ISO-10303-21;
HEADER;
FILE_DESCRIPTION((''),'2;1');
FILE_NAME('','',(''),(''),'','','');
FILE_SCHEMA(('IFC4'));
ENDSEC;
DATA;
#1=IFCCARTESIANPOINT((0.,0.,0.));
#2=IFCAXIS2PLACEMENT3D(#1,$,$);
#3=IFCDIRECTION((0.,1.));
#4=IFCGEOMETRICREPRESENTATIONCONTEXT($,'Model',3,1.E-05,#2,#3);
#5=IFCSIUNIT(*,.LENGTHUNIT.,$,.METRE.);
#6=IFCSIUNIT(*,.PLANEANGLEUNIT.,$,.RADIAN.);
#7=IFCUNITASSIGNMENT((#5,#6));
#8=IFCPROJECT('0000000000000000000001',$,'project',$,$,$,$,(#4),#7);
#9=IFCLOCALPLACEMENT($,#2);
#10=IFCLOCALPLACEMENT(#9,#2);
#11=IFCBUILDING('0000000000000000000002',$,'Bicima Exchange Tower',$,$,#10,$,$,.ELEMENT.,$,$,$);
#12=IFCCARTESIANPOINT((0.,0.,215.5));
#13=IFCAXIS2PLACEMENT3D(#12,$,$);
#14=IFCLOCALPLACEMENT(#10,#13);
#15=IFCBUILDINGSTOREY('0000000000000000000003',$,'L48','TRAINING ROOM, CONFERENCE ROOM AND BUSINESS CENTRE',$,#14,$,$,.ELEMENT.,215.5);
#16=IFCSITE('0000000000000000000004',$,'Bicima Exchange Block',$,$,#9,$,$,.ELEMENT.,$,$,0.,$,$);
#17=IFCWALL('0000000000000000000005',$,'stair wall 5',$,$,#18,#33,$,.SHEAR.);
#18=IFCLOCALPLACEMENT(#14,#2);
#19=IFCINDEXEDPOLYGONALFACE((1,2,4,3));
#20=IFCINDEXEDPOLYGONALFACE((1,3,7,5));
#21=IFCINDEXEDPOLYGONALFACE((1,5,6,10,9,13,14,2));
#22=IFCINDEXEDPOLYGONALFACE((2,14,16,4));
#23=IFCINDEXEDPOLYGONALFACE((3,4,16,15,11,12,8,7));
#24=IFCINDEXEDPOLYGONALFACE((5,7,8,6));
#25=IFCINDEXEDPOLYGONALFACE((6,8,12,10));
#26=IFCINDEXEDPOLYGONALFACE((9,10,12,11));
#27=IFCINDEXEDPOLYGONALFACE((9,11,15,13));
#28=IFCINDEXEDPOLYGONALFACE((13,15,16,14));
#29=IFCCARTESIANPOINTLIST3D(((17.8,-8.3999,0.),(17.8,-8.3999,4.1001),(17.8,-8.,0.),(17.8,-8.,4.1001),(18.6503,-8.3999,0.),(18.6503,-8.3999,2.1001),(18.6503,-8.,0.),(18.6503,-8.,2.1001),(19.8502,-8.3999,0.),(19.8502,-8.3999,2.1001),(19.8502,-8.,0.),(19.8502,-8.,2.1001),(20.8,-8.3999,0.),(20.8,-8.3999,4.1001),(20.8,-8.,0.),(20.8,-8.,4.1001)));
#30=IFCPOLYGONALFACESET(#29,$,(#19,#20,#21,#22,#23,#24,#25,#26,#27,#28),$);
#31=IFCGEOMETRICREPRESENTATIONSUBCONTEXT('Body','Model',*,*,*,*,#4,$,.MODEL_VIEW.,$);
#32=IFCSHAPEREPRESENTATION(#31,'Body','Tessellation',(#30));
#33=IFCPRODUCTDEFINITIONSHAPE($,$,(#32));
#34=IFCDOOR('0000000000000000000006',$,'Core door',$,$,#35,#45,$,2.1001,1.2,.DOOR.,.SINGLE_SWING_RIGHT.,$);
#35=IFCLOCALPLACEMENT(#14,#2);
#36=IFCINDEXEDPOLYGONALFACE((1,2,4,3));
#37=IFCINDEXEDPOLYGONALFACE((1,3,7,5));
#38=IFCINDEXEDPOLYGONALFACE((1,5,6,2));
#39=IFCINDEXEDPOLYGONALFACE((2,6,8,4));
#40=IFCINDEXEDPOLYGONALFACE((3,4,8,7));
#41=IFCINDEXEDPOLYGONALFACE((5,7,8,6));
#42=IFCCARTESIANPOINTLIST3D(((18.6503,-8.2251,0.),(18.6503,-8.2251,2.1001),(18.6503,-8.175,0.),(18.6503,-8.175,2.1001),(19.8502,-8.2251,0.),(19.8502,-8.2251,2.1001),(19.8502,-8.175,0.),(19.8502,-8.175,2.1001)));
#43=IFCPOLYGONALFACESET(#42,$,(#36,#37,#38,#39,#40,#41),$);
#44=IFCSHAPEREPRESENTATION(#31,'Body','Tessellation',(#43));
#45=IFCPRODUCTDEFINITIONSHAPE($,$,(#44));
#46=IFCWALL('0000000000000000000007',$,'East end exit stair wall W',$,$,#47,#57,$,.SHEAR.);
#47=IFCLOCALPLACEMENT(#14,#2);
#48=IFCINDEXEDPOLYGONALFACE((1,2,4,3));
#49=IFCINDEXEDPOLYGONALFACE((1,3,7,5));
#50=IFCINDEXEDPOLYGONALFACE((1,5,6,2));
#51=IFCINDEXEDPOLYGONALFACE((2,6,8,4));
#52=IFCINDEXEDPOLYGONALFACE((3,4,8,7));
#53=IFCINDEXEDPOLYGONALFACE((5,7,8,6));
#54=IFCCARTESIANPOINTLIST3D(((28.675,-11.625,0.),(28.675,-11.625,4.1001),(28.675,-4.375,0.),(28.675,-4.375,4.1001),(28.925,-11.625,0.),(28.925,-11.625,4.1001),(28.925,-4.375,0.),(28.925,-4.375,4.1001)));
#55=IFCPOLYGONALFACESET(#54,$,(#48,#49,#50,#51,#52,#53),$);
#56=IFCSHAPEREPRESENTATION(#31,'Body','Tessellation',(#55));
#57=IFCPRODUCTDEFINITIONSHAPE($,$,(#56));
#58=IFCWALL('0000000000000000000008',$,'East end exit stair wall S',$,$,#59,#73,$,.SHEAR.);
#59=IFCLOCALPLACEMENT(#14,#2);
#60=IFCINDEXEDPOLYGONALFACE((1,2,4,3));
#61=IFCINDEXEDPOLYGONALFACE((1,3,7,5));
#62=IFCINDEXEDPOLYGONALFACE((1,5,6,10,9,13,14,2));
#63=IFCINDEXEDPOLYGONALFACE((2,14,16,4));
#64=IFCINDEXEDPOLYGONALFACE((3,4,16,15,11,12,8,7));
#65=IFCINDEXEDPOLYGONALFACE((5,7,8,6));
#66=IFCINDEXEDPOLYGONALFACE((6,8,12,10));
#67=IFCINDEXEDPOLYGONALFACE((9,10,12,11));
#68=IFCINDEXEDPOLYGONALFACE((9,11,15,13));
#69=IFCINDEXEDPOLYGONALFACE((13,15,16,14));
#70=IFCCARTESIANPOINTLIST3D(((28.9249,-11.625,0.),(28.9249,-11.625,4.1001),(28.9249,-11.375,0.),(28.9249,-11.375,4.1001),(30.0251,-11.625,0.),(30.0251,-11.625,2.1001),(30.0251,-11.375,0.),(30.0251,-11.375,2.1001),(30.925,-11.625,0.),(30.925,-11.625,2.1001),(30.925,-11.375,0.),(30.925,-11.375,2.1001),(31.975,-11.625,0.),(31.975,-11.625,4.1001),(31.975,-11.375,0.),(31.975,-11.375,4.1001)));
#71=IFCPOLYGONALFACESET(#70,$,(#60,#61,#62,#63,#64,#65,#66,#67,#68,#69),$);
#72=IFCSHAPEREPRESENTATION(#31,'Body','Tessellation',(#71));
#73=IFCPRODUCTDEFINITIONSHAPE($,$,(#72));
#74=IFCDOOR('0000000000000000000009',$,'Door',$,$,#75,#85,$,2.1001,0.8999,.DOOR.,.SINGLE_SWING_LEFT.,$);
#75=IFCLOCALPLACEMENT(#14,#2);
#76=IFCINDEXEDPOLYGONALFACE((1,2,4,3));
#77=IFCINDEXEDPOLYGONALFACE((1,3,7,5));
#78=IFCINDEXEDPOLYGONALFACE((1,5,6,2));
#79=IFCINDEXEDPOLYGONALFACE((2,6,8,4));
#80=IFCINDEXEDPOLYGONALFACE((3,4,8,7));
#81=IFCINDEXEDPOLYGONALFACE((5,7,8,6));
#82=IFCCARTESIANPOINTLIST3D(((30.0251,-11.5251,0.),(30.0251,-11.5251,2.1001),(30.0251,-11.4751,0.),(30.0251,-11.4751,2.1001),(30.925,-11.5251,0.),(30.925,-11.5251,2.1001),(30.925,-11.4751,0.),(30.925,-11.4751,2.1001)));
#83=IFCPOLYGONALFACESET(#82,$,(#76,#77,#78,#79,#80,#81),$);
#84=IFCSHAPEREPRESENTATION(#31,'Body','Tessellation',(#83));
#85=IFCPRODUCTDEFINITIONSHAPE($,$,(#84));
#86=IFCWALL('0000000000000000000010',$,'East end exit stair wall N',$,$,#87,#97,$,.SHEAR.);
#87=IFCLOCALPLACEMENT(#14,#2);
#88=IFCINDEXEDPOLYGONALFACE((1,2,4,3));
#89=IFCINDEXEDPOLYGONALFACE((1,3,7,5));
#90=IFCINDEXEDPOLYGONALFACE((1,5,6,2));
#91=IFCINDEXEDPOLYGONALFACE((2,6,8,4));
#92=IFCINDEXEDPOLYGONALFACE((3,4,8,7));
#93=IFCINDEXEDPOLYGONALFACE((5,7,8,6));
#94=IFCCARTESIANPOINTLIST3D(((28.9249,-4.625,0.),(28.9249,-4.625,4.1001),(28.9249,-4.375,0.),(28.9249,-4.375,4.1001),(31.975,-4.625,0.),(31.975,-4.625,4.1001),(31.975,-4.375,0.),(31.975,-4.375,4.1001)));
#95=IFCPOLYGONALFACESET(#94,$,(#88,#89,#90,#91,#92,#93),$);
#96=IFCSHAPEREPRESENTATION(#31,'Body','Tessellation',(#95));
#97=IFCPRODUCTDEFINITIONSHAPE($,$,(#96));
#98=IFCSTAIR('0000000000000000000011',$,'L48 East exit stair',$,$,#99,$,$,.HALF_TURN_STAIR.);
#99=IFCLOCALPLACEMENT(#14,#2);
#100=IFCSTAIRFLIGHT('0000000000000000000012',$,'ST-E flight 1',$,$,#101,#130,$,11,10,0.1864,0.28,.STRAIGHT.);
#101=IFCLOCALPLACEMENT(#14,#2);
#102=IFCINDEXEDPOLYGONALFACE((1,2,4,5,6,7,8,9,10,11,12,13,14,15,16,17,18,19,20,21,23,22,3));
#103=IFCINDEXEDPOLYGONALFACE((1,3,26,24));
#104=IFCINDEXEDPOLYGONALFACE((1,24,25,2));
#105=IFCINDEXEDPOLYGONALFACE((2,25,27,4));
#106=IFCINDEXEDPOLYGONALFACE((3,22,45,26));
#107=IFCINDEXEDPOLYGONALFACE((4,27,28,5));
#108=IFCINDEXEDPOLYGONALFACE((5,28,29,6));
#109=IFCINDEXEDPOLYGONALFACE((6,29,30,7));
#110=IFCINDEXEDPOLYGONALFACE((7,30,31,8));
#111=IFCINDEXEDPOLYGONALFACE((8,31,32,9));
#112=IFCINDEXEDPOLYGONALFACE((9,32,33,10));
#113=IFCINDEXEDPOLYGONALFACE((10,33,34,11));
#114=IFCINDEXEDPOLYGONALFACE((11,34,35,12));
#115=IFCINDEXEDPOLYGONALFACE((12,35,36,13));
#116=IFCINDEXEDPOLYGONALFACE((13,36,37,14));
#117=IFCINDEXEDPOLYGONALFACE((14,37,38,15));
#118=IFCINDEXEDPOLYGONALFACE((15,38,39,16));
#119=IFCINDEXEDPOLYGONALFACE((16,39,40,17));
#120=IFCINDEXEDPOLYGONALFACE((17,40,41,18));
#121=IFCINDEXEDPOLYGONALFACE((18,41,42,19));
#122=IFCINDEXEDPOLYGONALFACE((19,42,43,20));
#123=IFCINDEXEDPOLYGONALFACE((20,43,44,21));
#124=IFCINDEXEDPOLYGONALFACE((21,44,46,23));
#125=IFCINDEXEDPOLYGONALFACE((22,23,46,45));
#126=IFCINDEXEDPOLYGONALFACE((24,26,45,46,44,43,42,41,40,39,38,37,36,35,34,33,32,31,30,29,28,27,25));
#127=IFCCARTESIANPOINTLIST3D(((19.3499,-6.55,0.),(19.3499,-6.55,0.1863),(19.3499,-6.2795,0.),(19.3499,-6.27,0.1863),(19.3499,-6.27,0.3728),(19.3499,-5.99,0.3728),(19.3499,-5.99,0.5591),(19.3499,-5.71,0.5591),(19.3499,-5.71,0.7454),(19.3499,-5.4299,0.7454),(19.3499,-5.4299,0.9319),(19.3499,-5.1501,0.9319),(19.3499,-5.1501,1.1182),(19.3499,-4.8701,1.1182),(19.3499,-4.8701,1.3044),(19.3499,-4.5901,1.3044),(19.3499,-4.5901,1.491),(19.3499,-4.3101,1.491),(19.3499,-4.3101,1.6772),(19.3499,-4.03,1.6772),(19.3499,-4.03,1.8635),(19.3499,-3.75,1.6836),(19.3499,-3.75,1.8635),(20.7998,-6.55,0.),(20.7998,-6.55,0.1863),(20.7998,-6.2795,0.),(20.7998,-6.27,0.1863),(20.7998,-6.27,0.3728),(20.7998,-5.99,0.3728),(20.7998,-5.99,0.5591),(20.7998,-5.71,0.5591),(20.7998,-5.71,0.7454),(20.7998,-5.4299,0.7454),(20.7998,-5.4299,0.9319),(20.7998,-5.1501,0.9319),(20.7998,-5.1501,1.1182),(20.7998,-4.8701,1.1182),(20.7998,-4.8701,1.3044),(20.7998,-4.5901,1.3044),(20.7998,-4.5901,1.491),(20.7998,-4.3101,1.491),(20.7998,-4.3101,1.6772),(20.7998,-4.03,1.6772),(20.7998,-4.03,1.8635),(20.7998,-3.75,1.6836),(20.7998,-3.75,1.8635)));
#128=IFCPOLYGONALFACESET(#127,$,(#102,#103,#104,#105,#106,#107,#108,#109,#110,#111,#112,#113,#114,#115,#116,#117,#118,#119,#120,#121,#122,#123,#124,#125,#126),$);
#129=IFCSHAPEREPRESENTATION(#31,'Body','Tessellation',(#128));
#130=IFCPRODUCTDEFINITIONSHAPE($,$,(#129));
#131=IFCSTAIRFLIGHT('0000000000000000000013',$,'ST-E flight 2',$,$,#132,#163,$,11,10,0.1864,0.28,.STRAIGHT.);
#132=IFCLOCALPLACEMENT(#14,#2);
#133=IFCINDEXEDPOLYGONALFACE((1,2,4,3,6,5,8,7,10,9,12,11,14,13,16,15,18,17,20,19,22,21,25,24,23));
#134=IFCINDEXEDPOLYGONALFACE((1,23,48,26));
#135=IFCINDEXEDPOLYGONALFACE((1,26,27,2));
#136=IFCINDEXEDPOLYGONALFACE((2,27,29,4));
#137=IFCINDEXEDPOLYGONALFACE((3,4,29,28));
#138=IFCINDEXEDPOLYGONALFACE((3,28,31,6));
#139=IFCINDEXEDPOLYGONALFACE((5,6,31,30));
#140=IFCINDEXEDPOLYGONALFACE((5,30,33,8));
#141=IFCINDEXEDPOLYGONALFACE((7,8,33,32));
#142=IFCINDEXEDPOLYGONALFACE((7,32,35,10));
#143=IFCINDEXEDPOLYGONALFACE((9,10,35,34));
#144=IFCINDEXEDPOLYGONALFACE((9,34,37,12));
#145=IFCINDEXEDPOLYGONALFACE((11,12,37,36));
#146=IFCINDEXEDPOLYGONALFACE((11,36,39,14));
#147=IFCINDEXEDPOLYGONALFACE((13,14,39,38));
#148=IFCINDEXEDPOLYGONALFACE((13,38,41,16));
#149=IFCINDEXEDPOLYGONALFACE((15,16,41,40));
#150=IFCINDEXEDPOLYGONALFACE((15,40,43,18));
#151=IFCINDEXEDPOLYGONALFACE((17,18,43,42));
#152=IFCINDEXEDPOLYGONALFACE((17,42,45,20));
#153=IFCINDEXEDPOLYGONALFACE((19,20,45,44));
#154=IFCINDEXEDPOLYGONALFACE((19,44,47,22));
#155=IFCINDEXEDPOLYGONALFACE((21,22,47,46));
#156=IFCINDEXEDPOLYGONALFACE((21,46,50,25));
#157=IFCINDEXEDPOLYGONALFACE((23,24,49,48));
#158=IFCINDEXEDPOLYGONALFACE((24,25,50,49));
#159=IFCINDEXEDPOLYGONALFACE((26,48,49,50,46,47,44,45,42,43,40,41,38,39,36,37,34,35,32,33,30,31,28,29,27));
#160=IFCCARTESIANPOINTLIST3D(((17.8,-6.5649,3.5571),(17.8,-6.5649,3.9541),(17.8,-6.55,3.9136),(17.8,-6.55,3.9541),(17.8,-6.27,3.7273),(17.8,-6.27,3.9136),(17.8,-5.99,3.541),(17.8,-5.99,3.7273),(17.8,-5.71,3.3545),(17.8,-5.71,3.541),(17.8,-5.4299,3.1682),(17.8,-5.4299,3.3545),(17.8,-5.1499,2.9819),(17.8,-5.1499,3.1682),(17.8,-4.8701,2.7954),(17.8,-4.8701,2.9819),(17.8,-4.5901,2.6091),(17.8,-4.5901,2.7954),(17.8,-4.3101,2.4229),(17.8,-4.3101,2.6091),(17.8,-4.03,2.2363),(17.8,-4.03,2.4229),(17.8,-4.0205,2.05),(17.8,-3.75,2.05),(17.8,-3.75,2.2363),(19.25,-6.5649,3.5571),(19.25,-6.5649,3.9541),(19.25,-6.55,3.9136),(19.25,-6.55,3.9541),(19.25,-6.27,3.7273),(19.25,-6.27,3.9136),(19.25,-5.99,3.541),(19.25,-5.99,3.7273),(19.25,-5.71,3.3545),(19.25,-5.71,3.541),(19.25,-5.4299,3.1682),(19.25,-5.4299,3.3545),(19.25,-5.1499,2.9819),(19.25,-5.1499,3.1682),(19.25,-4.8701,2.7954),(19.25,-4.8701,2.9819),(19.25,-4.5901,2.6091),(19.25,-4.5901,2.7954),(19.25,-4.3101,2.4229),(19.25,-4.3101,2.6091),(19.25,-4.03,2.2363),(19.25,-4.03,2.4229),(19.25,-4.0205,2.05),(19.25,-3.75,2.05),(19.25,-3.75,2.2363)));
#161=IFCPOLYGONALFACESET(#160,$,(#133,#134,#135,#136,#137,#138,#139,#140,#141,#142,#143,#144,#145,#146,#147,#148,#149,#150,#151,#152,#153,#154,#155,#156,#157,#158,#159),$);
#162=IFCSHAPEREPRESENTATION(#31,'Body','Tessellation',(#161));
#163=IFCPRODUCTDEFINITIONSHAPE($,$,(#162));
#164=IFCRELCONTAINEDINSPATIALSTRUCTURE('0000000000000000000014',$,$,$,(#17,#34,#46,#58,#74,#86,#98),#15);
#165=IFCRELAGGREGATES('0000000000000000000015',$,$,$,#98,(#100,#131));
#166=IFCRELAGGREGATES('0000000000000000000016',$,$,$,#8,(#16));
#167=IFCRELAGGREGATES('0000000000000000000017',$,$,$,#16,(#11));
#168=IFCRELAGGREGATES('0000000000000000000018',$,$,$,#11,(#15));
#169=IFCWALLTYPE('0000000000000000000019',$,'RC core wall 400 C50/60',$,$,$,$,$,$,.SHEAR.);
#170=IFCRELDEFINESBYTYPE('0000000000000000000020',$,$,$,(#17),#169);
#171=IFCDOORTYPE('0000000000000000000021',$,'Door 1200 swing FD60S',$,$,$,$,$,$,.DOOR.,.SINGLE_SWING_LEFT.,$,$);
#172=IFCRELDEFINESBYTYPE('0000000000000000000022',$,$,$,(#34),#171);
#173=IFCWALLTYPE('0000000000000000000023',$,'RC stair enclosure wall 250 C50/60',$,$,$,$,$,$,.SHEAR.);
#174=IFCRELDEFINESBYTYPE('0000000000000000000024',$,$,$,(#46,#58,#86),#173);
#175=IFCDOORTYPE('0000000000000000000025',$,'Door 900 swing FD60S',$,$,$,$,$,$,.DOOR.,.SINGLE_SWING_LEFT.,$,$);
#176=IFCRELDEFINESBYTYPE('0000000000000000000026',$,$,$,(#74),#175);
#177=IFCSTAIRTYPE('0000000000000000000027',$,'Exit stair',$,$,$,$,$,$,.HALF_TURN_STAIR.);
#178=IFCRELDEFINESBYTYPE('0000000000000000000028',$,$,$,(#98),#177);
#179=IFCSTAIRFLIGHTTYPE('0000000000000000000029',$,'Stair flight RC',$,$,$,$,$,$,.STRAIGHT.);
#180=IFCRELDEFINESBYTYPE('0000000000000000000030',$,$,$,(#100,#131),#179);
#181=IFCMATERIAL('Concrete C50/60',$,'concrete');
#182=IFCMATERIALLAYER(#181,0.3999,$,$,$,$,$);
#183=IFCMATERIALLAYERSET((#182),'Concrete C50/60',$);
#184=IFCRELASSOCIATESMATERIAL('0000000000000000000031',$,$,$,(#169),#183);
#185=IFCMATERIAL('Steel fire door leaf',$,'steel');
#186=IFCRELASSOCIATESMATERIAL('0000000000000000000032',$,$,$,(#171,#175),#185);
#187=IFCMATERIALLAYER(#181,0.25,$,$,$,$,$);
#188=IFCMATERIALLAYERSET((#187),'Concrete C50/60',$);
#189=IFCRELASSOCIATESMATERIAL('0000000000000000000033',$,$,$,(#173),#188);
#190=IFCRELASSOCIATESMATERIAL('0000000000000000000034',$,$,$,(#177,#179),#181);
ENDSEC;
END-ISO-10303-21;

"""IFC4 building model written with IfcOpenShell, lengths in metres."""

from ifc_helpers import new_model, si_unit, direction, frame, frame_2d, origin, place, context, subcontext, project, spatial, polyline, rectangle, outline, extrude, material, layer, layer_set, type_object, element, fill, aggregate, save


model = new_model("IFC4")

# Units and contexts
model_context = context("Model", 3, precision=1e-05, world=origin(), true_north=direction((0.0, 1.0)))
body_context = subcontext(model_context, "Body", "Model", "MODEL_VIEW")
ifc_project = project(units=[si_unit("LENGTHUNIT", "METRE"), si_unit("PLANEANGLEUNIT", "RADIAN")], contexts=[model_context])

# Site, building, storey
site_placement = place(None, origin())
site = spatial("IfcSite", under=ifc_project, at=site_placement, Name="Bicima Exchange Block", CompositionType="ELEMENT", RefElevation=0.0)
building_placement = place(site_placement, origin())
building = spatial("IfcBuilding", under=site, at=building_placement, Name="Bicima Exchange Tower", CompositionType="ELEMENT")
storey_placement = place(building_placement, frame((0.0, 0.0, 215.5)))
storey = spatial("IfcBuildingStorey", under=building, at=storey_placement, Name="L48", Description="TRAINING ROOM, CONFERENCE ROOM AND BUSINESS CENTRE", CompositionType="ELEMENT", Elevation=215.5)

# Shared definitions
ifc_material_1 = material(Name="Concrete C50/60", Category="concrete")

# Wall, opening, door
ifc_layer_1 = layer(ifc_material_1, 0.3999)
ifc_layer_set_1 = layer_set([ifc_layer_1], Name="Concrete C50/60")
wall_type_1 = type_object("IfcWallType", Name="RC core wall 400 C50/60", PredefinedType="SHEAR", material=ifc_layer_set_1)
wall_1_placement = place(storey_placement, frame((17.8, -8.2, 0.0), z_axis=(0.0, 0.0, 1.0), x_axis=(1.0, 0.0, 0.0)))
wall_1 = element("IfcWall", 1, at=wall_1_placement, inside=storey, type_object=wall_type_1, Name="stair wall 5", PredefinedType="SHEAR", context=body_context, shape_type="SweptSolid", body=[
    extrude(rectangle(XDim=3.0, YDim=0.3999, at=frame_2d((1.5, 0.0))), origin(), (0.0, 0.0, 1.0), 4.1001),
])
opening_1_placement = place(wall_1_placement, frame((0.8501, 0.0, 0.0)))
opening_1 = element("IfcOpeningElement", 2, at=opening_1_placement, cuts=wall_1, PredefinedType="OPENING", context=body_context, shape_type="SweptSolid", body=[
    extrude(rectangle(XDim=1.2, YDim=2.1001, at=frame_2d((0.6001, 1.05))), frame((0.0, 0.2119, 0.0), z_axis=(0.0, -1.0, 0.0), x_axis=(1.0, 0.0, 0.0)), (0.0, 0.0, 1.0), 0.4238),
])
ifc_material_2 = material(Name="Steel fire door leaf", Category="steel")
door_type_1 = type_object("IfcDoorType", Name="Door 1200 swing FD60S", OperationType="SINGLE_SWING_LEFT", PredefinedType="DOOR", material=ifc_material_2)
door_1_placement = place(opening_1_placement, origin())
door_1 = element("IfcDoor", 3, at=door_1_placement, inside=storey, type_object=door_type_1, Name="Core door", OperationType="SINGLE_SWING_RIGHT", OverallHeight=2.1001, OverallWidth=1.2, PredefinedType="DOOR", context=body_context, shape_type="SweptSolid", body=[
    extrude(rectangle(XDim=1.2, YDim=2.1001, at=frame_2d((0.6001, 1.05))), frame((0.0, 0.0249, 0.0), z_axis=(0.0, -1.0, 0.0), x_axis=(1.0, 0.0, 0.0)), (0.0, 0.0, 1.0), 0.05),
])
fill(opening_1, door_1)

# Wall
ifc_layer_2 = layer(ifc_material_1, 0.25)
ifc_layer_set_2 = layer_set([ifc_layer_2], Name="Concrete C50/60")
wall_type_2 = type_object("IfcWallType", Name="RC stair enclosure wall 250 C50/60", PredefinedType="SHEAR", material=ifc_layer_set_2)
wall_2_placement = place(storey_placement, frame((28.8, -11.625, 0.0), z_axis=(0.0, 0.0, 1.0), x_axis=(0.0, 1.0, 0.0)))
element("IfcWall", 4, at=wall_2_placement, inside=storey, type_object=wall_type_2, Name="East end exit stair wall W", PredefinedType="SHEAR", context=body_context, shape_type="SweptSolid", body=[
    extrude(rectangle(XDim=7.25, YDim=0.25, at=frame_2d((3.625, 0.0))), origin(), (0.0, 0.0, 1.0), 4.1001),
])

# Wall, opening, door
wall_3_placement = place(storey_placement, frame((28.925, -11.5, 0.0), z_axis=(0.0, 0.0, 1.0), x_axis=(1.0, 0.0, 0.0)))
wall_3 = element("IfcWall", 5, at=wall_3_placement, inside=storey, type_object=wall_type_2, Name="East end exit stair wall S", PredefinedType="SHEAR", context=body_context, shape_type="SweptSolid", body=[
    extrude(rectangle(XDim=3.05, YDim=0.25, at=frame_2d((1.5249, 0.0))), origin(), (0.0, 0.0, 1.0), 4.1001),
])
opening_2_placement = place(wall_3_placement, frame((1.1001, 0.0, 0.0)))
opening_2 = element("IfcOpeningElement", 6, at=opening_2_placement, cuts=wall_3, PredefinedType="OPENING", context=body_context, shape_type="SweptSolid", body=[
    extrude(rectangle(XDim=0.8999, YDim=2.1001, at=frame_2d((0.45, 1.05))), frame((0.0, 0.137, 0.0), z_axis=(0.0, -1.0, 0.0), x_axis=(1.0, 0.0, 0.0)), (0.0, 0.0, 1.0), 0.2739),
])
door_type_2 = type_object("IfcDoorType", Name="Door 900 swing FD60S", OperationType="SINGLE_SWING_LEFT", PredefinedType="DOOR", material=ifc_material_2)
door_2_placement = place(opening_2_placement, origin())
door_2 = element("IfcDoor", 7, at=door_2_placement, inside=storey, type_object=door_type_2, Name="Door", OperationType="SINGLE_SWING_LEFT", OverallHeight=2.1001, OverallWidth=0.8999, PredefinedType="DOOR", context=body_context, shape_type="SweptSolid", body=[
    extrude(rectangle(XDim=0.8999, YDim=2.1001, at=frame_2d((0.45, 1.05))), frame((0.0, 0.0249, 0.0), z_axis=(0.0, -1.0, 0.0), x_axis=(1.0, 0.0, 0.0)), (0.0, 0.0, 1.0), 0.05),
])
fill(opening_2, door_2)

# Wall
wall_4_placement = place(storey_placement, frame((28.925, -4.5, 0.0), z_axis=(0.0, 0.0, 1.0), x_axis=(1.0, 0.0, 0.0)))
element("IfcWall", 8, at=wall_4_placement, inside=storey, type_object=wall_type_2, Name="East end exit stair wall N", PredefinedType="SHEAR", context=body_context, shape_type="SweptSolid", body=[
    extrude(rectangle(XDim=3.05, YDim=0.25, at=frame_2d((1.5249, 0.0))), origin(), (0.0, 0.0, 1.0), 4.1001),
])

# Stair, stair flights
stair_type = type_object("IfcStairType", Name="Exit stair", PredefinedType="HALF_TURN_STAIR", material=ifc_material_1)
stair_1_placement = place(storey_placement, origin())
stair_1 = element("IfcStair", 9, at=stair_1_placement, inside=storey, type_object=stair_type, Name="L48 East exit stair", PredefinedType="HALF_TURN_STAIR")
stair_flight_type = type_object("IfcStairFlightType", Name="Stair flight RC", PredefinedType="STRAIGHT", material=ifc_material_1)
stair_flight_1_placement = place(storey_placement, frame((20.075, -6.55, 0.0), z_axis=(0.0, 0.0, 1.0), x_axis=(0.0, 1.0, 0.0)))
stair_flight_1 = element("IfcStairFlight", 10, at=stair_flight_1_placement, type_object=stair_flight_type, Name="ST-E flight 1", NumberOfRisers=11, NumberOfTreads=10, PredefinedType="STRAIGHT", RiserHeight=0.1864, TreadLength=0.28, context=body_context, shape_type="SweptSolid", body=[
    extrude(outline(polyline([(0.0, 0.0), (0.0, 0.1863), (0.28, 0.1863), (0.28, 0.3728), (0.5601, 0.3728), (0.5601, 0.5591), (0.8401, 0.5591), (0.8401, 0.7454), (1.1201, 0.7454), (1.1201, 0.9319), (1.3999, 0.9319), (1.3999, 1.1182), (1.6799, 1.1182), (1.6799, 1.3044), (1.96, 1.3044), (1.96, 1.491), (2.24, 1.491), (2.24, 1.6772), (2.52, 1.6772), (2.52, 1.8635), (2.8, 1.8635), (2.8, 2.05), (2.8, 1.6836), (0.2705, 0.0), (0.0, 0.0)])), frame((0.0, 0.7251, 0.0), z_axis=(0.0, -1.0, 0.0), x_axis=(1.0, 0.0, 0.0)), (0.0, 0.0, 1.0), 1.45),
])
stair_flight_2_placement = place(storey_placement, frame((18.5249, -3.75, 2.05), z_axis=(0.0, 0.0, 1.0), x_axis=(0.0, -1.0, 0.0)))
stair_flight_2 = element("IfcStairFlight", 11, at=stair_flight_2_placement, type_object=stair_flight_type, Name="ST-E flight 2", NumberOfRisers=11, NumberOfTreads=10, PredefinedType="STRAIGHT", RiserHeight=0.1864, TreadLength=0.28, context=body_context, shape_type="SweptSolid", body=[
    extrude(outline(polyline([(0.0, 0.0), (0.0, 0.1863), (0.28, 0.1863), (0.28, 0.3728), (0.5601, 0.3728), (0.5601, 0.5591), (0.8401, 0.5591), (0.8401, 0.7454), (1.1201, 0.7454), (1.1201, 0.9319), (1.3999, 0.9319), (1.3999, 1.1182), (1.6799, 1.1182), (1.6799, 1.3044), (1.96, 1.3044), (1.96, 1.491), (2.24, 1.491), (2.24, 1.6772), (2.52, 1.6772), (2.52, 1.8635), (2.8, 1.8635), (2.8, 1.9041), (2.8149, 1.9041), (2.8149, 1.5071), (0.2705, 0.0), (0.0, 0.0)])), frame((0.0, 0.7251, 0.0), z_axis=(0.0, -1.0, 0.0), x_axis=(1.0, 0.0, 0.0)), (0.0, 0.0, 1.0), 1.45),
])
aggregate(stair_1, [stair_flight_1, stair_flight_2])

save(model, "model.ifc")
